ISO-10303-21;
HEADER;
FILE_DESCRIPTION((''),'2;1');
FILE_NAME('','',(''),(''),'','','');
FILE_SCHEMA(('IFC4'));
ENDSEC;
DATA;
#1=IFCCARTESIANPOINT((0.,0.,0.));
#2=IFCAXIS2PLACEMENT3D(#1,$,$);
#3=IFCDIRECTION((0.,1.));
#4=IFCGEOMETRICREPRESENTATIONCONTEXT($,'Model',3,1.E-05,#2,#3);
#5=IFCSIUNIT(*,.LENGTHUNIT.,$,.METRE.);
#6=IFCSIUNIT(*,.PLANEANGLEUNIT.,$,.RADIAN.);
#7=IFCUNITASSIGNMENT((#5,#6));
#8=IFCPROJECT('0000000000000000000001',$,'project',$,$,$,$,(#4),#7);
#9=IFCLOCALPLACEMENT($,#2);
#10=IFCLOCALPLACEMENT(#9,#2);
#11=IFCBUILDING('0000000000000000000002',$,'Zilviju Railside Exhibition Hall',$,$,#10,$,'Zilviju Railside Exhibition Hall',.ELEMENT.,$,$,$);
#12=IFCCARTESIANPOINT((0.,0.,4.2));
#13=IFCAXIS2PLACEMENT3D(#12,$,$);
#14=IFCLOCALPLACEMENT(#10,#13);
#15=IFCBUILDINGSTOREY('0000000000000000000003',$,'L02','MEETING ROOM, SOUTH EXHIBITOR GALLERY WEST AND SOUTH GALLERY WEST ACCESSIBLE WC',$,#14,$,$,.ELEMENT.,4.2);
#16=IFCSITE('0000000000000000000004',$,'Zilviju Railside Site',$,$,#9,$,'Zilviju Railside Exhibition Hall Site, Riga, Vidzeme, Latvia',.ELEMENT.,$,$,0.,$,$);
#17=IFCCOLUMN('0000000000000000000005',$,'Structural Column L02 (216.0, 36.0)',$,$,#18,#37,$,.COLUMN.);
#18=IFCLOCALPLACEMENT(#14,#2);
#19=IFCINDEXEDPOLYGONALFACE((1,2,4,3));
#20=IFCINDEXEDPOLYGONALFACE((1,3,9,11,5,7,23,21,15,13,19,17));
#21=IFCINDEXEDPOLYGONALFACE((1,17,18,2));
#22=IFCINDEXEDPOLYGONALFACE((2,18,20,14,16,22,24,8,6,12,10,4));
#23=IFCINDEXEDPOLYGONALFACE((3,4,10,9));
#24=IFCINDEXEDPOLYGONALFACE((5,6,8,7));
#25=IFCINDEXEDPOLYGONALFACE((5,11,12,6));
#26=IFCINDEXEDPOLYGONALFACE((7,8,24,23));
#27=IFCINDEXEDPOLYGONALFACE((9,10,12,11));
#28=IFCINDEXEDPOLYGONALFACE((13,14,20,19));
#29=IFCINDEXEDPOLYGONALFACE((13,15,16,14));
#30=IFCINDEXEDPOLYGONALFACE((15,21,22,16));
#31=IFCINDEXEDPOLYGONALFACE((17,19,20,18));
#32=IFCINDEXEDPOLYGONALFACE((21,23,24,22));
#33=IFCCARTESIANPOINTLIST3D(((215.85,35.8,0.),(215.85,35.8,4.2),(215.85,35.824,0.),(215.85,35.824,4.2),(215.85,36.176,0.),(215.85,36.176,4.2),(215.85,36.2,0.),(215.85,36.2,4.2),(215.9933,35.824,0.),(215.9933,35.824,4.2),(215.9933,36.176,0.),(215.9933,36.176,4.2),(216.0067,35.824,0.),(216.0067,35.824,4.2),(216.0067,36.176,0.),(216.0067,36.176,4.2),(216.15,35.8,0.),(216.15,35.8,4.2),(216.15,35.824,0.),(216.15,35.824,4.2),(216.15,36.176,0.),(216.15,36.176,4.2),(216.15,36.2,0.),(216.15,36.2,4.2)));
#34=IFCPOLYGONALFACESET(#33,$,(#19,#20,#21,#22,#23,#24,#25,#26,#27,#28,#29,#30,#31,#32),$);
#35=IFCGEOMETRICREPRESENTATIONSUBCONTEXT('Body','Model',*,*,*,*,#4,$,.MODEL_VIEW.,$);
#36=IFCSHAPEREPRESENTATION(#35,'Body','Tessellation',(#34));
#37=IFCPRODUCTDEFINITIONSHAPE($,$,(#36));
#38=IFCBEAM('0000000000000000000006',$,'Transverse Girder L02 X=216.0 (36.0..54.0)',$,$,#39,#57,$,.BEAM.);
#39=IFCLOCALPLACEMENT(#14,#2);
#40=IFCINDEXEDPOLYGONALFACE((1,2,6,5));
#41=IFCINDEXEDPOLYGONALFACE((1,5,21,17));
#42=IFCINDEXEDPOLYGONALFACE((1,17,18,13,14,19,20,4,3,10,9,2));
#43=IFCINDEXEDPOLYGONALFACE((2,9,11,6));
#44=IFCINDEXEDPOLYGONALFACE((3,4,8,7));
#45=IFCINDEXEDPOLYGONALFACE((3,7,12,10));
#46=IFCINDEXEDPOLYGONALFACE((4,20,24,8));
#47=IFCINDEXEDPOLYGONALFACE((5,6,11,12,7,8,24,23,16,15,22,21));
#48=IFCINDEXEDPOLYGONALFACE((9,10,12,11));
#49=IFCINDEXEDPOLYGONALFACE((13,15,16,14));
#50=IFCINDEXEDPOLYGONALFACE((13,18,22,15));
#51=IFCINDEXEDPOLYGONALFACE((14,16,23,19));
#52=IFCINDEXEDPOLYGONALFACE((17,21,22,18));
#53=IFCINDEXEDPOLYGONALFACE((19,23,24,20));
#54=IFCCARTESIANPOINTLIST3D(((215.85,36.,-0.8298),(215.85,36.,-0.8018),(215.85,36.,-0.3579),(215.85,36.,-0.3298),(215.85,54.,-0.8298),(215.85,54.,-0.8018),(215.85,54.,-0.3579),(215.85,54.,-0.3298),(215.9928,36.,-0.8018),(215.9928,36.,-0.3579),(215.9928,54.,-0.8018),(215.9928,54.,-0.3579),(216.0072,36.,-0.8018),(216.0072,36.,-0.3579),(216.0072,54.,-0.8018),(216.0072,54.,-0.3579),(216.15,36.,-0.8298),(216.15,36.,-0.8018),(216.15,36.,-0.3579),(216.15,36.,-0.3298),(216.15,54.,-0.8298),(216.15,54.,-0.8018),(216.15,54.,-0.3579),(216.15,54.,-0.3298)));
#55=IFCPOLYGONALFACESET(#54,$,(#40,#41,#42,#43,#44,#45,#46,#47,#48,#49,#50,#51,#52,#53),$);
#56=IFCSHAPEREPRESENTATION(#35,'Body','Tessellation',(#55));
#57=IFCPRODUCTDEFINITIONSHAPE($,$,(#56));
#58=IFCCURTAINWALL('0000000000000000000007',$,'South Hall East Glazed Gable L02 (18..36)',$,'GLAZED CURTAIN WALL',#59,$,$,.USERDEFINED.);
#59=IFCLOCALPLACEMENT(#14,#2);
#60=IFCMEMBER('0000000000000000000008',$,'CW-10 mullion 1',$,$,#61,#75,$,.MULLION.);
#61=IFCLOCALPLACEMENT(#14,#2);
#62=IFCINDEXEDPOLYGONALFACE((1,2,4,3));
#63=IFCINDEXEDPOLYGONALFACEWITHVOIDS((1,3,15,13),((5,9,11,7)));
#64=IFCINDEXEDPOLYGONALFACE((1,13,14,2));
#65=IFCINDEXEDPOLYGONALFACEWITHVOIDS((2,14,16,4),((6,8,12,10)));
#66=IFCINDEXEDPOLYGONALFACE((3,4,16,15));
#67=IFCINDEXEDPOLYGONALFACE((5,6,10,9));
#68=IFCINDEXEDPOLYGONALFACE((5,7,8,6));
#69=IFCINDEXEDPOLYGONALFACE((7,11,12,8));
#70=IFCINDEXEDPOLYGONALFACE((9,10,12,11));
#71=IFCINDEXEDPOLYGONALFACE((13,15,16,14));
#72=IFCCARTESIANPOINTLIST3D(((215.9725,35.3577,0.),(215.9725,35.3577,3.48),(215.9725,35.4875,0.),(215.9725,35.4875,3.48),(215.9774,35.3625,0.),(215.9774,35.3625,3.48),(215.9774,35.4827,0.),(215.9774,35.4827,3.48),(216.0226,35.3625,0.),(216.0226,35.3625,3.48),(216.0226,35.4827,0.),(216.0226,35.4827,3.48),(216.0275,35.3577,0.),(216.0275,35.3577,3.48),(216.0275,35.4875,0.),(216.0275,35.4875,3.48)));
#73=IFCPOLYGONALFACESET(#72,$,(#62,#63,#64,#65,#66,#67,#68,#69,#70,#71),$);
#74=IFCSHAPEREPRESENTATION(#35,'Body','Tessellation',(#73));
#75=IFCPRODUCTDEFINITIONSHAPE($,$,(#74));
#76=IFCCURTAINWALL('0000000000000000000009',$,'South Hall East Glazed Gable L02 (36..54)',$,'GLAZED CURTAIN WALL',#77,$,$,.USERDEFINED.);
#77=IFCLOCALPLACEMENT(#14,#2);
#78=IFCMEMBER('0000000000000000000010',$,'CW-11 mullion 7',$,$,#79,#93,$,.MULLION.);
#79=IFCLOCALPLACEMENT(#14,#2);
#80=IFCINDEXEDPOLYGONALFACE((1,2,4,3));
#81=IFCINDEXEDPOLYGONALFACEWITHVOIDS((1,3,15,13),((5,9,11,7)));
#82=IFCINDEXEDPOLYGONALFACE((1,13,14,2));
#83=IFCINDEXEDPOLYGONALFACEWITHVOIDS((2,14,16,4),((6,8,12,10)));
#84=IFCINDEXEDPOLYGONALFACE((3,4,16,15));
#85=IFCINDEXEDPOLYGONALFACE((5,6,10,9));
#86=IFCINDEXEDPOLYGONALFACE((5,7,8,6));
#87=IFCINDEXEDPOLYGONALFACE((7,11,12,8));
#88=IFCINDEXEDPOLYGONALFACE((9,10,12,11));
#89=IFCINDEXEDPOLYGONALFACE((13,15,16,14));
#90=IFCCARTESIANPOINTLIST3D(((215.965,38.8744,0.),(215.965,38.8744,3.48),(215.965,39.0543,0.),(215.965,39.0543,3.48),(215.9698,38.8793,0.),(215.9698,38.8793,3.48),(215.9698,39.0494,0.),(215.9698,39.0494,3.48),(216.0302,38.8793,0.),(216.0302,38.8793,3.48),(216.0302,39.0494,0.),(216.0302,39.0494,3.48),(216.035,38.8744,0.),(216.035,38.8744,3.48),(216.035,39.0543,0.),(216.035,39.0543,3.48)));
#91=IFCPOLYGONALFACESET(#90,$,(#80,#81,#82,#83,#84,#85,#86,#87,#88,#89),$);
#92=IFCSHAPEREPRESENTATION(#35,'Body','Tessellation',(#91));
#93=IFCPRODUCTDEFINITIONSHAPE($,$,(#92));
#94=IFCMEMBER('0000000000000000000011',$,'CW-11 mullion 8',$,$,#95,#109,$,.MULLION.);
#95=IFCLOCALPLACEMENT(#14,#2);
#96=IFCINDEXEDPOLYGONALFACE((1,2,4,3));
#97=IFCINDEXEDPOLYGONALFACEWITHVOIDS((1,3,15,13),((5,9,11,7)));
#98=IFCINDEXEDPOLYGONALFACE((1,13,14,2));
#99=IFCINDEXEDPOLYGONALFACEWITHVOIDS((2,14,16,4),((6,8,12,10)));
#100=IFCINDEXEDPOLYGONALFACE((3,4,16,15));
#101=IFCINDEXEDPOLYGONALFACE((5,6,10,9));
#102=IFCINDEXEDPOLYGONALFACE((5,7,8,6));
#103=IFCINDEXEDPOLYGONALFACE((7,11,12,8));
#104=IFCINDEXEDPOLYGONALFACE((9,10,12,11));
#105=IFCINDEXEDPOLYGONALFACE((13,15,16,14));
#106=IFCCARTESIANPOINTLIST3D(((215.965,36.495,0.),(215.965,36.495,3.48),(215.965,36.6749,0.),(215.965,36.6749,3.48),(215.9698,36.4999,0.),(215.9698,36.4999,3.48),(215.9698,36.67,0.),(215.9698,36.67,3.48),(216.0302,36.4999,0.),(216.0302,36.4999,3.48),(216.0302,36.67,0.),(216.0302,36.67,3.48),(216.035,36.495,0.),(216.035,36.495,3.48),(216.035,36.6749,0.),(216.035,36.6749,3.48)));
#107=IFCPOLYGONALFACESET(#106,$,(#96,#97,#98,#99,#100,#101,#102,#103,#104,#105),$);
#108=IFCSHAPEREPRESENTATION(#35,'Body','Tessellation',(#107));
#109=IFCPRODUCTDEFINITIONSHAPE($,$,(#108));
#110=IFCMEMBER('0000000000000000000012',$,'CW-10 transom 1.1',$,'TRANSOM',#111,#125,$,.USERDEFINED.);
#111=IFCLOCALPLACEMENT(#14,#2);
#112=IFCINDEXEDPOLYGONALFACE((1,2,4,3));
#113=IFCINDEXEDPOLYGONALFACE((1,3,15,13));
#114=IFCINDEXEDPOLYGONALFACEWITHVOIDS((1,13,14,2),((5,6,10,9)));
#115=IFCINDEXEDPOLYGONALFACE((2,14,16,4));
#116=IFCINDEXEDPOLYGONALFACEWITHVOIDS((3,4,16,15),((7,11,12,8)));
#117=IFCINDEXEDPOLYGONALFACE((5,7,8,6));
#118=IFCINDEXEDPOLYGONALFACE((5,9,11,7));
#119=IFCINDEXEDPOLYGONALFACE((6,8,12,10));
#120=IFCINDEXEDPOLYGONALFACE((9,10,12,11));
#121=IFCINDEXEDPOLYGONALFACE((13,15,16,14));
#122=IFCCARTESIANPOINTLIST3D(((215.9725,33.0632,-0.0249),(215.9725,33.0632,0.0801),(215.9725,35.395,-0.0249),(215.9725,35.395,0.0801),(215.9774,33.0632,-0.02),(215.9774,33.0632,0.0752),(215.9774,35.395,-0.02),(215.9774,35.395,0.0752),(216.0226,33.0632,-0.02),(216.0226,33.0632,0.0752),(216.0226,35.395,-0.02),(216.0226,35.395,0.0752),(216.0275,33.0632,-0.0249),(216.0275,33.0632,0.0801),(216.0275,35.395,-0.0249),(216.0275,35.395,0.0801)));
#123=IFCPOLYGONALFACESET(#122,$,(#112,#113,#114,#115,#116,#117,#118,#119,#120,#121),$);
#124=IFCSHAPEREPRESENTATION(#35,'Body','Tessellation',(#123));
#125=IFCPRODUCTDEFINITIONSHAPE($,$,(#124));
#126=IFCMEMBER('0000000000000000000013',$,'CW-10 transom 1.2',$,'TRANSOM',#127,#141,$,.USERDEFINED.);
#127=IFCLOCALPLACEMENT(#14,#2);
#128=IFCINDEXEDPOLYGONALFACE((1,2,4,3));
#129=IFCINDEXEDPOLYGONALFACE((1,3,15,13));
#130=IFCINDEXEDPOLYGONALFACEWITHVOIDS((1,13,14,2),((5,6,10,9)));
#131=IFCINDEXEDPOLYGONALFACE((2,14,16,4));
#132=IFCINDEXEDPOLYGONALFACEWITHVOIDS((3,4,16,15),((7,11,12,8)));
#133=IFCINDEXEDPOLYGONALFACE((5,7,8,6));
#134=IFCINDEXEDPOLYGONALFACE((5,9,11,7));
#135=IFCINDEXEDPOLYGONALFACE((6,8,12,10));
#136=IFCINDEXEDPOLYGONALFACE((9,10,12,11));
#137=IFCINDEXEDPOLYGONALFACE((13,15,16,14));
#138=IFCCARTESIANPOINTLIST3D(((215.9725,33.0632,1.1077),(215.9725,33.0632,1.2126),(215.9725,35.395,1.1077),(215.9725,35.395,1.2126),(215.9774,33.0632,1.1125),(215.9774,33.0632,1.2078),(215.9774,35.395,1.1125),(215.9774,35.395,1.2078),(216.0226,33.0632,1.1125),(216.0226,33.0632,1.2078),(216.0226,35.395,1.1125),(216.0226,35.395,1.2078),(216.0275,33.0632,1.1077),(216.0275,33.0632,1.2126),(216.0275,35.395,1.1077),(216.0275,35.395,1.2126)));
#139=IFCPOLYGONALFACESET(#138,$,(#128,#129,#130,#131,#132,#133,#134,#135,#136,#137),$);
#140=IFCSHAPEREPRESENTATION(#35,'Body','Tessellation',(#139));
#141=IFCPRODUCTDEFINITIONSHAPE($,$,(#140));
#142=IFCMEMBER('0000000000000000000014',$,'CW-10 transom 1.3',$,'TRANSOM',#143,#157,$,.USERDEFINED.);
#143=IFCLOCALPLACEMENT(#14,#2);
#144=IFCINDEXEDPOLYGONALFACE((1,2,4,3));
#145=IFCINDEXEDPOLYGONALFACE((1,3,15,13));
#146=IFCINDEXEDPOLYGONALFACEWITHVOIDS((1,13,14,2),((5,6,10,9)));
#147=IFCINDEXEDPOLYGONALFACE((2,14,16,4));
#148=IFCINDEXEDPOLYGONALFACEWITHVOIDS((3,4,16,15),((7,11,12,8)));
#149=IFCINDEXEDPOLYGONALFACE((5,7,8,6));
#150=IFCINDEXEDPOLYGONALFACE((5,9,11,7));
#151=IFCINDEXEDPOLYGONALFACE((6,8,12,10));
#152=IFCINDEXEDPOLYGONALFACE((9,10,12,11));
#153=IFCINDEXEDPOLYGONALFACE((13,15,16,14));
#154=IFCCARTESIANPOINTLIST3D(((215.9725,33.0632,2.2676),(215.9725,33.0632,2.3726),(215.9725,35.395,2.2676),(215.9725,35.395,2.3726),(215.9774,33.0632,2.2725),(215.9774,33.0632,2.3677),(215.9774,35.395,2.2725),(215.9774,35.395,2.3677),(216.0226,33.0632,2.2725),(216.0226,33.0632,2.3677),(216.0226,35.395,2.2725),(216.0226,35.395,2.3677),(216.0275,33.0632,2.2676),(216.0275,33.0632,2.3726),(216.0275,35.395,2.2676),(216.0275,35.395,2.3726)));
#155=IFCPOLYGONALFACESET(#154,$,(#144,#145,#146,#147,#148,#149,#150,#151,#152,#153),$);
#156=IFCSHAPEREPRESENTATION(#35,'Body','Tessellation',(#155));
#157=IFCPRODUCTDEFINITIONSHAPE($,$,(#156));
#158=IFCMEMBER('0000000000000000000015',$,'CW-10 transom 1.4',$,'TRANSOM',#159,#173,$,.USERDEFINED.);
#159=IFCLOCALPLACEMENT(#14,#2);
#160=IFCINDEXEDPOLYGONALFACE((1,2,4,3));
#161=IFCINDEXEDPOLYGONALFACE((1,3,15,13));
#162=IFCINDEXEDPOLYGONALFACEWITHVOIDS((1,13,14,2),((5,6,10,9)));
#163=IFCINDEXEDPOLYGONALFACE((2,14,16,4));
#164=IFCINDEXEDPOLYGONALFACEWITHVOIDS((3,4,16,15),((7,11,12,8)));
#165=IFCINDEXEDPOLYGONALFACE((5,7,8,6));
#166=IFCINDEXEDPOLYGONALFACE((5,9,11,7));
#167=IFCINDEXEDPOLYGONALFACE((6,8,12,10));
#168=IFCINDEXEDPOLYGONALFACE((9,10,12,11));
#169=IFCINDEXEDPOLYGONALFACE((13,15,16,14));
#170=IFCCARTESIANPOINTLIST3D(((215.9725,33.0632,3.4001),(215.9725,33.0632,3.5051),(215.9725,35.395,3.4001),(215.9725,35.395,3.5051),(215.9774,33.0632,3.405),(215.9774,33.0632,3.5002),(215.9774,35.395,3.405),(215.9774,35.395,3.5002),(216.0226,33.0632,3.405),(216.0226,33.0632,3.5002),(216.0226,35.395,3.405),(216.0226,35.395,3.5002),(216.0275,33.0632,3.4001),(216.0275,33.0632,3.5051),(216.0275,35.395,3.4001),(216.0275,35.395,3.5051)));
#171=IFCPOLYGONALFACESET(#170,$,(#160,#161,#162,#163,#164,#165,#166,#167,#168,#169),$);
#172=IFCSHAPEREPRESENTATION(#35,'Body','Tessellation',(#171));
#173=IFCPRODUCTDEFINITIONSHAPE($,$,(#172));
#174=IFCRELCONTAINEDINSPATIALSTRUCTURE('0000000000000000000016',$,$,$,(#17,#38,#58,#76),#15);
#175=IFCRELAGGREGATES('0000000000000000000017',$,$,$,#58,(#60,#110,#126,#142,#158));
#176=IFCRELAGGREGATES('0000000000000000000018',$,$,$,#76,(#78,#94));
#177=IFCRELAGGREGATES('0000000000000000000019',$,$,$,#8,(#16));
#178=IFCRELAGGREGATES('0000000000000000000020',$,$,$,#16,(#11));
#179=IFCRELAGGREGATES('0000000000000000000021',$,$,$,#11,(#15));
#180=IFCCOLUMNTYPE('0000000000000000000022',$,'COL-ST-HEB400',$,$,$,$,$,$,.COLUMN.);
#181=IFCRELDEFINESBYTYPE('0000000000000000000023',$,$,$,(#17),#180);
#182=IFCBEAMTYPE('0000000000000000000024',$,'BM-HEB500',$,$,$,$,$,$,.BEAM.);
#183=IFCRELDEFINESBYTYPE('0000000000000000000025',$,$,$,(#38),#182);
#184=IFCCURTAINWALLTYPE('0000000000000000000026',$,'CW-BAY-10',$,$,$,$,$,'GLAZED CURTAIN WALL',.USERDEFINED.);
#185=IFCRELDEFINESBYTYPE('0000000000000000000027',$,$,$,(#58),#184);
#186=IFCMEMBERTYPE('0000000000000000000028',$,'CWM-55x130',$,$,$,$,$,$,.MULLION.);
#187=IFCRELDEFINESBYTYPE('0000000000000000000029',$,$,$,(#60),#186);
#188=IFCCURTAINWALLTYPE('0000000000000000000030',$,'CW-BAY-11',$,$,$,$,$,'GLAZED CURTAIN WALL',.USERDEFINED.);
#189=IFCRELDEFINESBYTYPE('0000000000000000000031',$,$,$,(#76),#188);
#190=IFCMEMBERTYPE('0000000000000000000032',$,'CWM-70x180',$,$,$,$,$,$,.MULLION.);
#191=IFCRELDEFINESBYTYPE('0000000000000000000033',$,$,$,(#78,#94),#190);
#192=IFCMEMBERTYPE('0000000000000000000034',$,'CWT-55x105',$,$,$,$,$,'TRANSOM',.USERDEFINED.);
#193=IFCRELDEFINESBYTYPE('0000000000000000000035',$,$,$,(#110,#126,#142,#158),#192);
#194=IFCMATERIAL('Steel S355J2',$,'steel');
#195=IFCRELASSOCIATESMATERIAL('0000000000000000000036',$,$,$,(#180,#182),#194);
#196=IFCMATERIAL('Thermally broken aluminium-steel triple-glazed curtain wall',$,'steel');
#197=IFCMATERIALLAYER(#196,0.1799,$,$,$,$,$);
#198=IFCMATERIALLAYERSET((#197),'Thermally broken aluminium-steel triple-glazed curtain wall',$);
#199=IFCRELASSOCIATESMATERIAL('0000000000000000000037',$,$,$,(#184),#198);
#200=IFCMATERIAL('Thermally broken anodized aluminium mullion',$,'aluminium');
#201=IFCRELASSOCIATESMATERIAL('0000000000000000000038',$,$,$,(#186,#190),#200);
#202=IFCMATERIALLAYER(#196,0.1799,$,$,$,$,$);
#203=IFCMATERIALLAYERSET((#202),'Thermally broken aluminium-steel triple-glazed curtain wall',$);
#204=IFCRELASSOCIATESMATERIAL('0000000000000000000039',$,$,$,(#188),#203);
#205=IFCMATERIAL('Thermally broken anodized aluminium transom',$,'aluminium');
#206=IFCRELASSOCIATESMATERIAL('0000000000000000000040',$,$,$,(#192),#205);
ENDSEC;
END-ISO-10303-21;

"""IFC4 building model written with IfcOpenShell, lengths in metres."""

from ifc_helpers import new_model, si_unit, direction, frame, origin, origin_2d, place, context, subcontext, project, spatial, hollow_rectangle, i_section, extrude, material, layer, layer_set, material_profile, profile_set, type_object, element, aggregate, save


model = new_model("IFC4")

# Units and contexts
model_context = context("Model", 3, precision=1e-05, world=origin(), true_north=direction((0.0, 1.0)))
body_context = subcontext(model_context, "Body", "Model", "MODEL_VIEW")
ifc_project = project(units=[si_unit("LENGTHUNIT", "METRE"), si_unit("PLANEANGLEUNIT", "RADIAN")], contexts=[model_context])

# Site, building, storey
site_placement = place(None, origin())
site = spatial("IfcSite", under=ifc_project, at=site_placement, Name="Zilviju Railside Site", LongName="Zilviju Railside Exhibition Hall Site, Riga, Vidzeme, Latvia", CompositionType="ELEMENT", RefElevation=0.0)
building_placement = place(site_placement, origin())
building = spatial("IfcBuilding", under=site, at=building_placement, Name="Zilviju Railside Exhibition Hall", LongName="Zilviju Railside Exhibition Hall", CompositionType="ELEMENT")
storey_placement = place(building_placement, frame((0.0, 0.0, 4.2)))
storey = spatial("IfcBuildingStorey", under=building, at=storey_placement, Name="L02", Description="MEETING ROOM, SOUTH EXHIBITOR GALLERY WEST AND SOUTH GALLERY WEST ACCESSIBLE WC", CompositionType="ELEMENT", Elevation=4.2)

# Column
ifc_material_1 = material(Name="Steel S355J2", Category="steel")
ifc_material_profile_1 = material_profile(ifc_material_1, i_section(OverallWidth=0.3, OverallDepth=0.3999, WebThickness=0.0134, FlangeThickness=0.0239, at=origin_2d()), Name="HEB 400")
ifc_profile_set_1 = profile_set([ifc_material_profile_1], Name="Steel S355J2")
column_type = type_object("IfcColumnType", Name="COL-ST-HEB400", PredefinedType="COLUMN", material=ifc_profile_set_1)
column_placement = place(storey_placement, frame((216.0, 36.0, 0.0), z_axis=(0.0, 0.0, 1.0), x_axis=(1.0, 0.0, 0.0)))
element("IfcColumn", 1, at=column_placement, inside=storey, type_object=column_type, Name="Structural Column L02 (216.0, 36.0)", PredefinedType="COLUMN", context=body_context, shape_type="SweptSolid", body=[
    extrude(i_section(OverallWidth=0.3, OverallDepth=0.3999, WebThickness=0.0134, FlangeThickness=0.0239, at=origin_2d()), origin(), (0.0, 0.0, 1.0), 4.2),
])

# Beam
ifc_material_profile_2 = material_profile(ifc_material_1, i_section(OverallWidth=0.3, OverallDepth=0.5, WebThickness=0.0144, FlangeThickness=0.0281, at=origin_2d()), Name="HEB 500")
ifc_profile_set_2 = profile_set([ifc_material_profile_2], Name="Steel S355J2")
beam_type = type_object("IfcBeamType", Name="BM-HEB500", PredefinedType="BEAM", material=ifc_profile_set_2)
beam_placement = place(storey_placement, frame((216.0, 36.0, -0.5798), z_axis=(0.0, 1.0, 0.0), x_axis=(-1.0, 0.0, 0.0)))
element("IfcBeam", 2, at=beam_placement, inside=storey, type_object=beam_type, Name="Transverse Girder L02 X=216.0 (36.0..54.0)", PredefinedType="BEAM", context=body_context, shape_type="SweptSolid", body=[
    extrude(i_section(OverallWidth=0.3, OverallDepth=0.5, WebThickness=0.0144, FlangeThickness=0.0281, at=origin_2d()), origin(), (0.0, 0.0, 1.0), 18.0),
])

# Curtain wall, member
ifc_material_2 = material(Name="Thermally broken aluminium-steel triple-glazed curtain wall", Category="steel")
ifc_layer_1 = layer(ifc_material_2, 0.1799)
ifc_layer_set_1 = layer_set([ifc_layer_1], Name="Thermally broken aluminium-steel triple-glazed curtain wall")
curtain_wall_type_1 = type_object("IfcCurtainWallType", Name="CW-BAY-10", ElementType="GLAZED CURTAIN WALL", PredefinedType="USERDEFINED", material=ifc_layer_set_1)
curtain_wall_1_placement = place(storey_placement, origin())
curtain_wall_1 = element("IfcCurtainWall", 3, at=curtain_wall_1_placement, inside=storey, type_object=curtain_wall_type_1, Name="South Hall East Glazed Gable L02 (18..36)", ObjectType="GLAZED CURTAIN WALL", PredefinedType="USERDEFINED")
ifc_material_3 = material(Name="Thermally broken anodized aluminium mullion", Category="aluminium")
ifc_material_profile_3 = material_profile(ifc_material_3, hollow_rectangle(XDim=0.0549, YDim=0.1299, WallThickness=0.0049, at=origin_2d()), Name="MULLION 130x55x5")
ifc_profile_set_3 = profile_set([ifc_material_profile_3], Name="Thermally broken anodized aluminium mullion")
member_type_1 = type_object("IfcMemberType", Name="CWM-55x130", PredefinedType="MULLION", material=ifc_profile_set_3)
member_1_placement = place(storey_placement, frame((216.0, 35.4226, 0.0), z_axis=(0.0, 0.0, 1.0), x_axis=(1.0, 0.0, 0.0)))
member_1 = element("IfcMember", 4, at=member_1_placement, type_object=member_type_1, Name="CW-10 mullion 1", PredefinedType="MULLION", context=body_context, shape_type="SweptSolid", body=[
    extrude(hollow_rectangle(XDim=0.0549, YDim=0.1299, WallThickness=0.0049, at=origin_2d()), origin(), (0.0, 0.0, 1.0), 3.48),
])

# Curtain wall, members
ifc_layer_2 = layer(ifc_material_2, 0.1799)
ifc_layer_set_2 = layer_set([ifc_layer_2], Name="Thermally broken aluminium-steel triple-glazed curtain wall")
curtain_wall_type_2 = type_object("IfcCurtainWallType", Name="CW-BAY-11", ElementType="GLAZED CURTAIN WALL", PredefinedType="USERDEFINED", material=ifc_layer_set_2)
curtain_wall_2_placement = place(storey_placement, origin())
curtain_wall_2 = element("IfcCurtainWall", 5, at=curtain_wall_2_placement, inside=storey, type_object=curtain_wall_type_2, Name="South Hall East Glazed Gable L02 (36..54)", ObjectType="GLAZED CURTAIN WALL", PredefinedType="USERDEFINED")
ifc_material_profile_4 = material_profile(ifc_material_3, hollow_rectangle(XDim=0.0701, YDim=0.1799, WallThickness=0.0049, at=origin_2d()), Name="MULLION 180x70x5")
ifc_profile_set_4 = profile_set([ifc_material_profile_4], Name="Thermally broken anodized aluminium mullion")
member_type_2 = type_object("IfcMemberType", Name="CWM-70x180", PredefinedType="MULLION", material=ifc_profile_set_4)
member_2_placement = place(storey_placement, frame((216.0, 38.9644, 0.0), z_axis=(0.0, 0.0, 1.0), x_axis=(1.0, 0.0, 0.0)))
member_2 = element("IfcMember", 6, at=member_2_placement, type_object=member_type_2, Name="CW-11 mullion 7", PredefinedType="MULLION", context=body_context, shape_type="SweptSolid", body=[
    extrude(hollow_rectangle(XDim=0.0701, YDim=0.1799, WallThickness=0.0049, at=origin_2d()), origin(), (0.0, 0.0, 1.0), 3.48),
])
member_3_placement = place(storey_placement, frame((216.0, 36.585, 0.0), z_axis=(0.0, 0.0, 1.0), x_axis=(1.0, 0.0, 0.0)))
member_3 = element("IfcMember", 7, at=member_3_placement, type_object=member_type_2, Name="CW-11 mullion 8", PredefinedType="MULLION", context=body_context, shape_type="SweptSolid", body=[
    extrude(hollow_rectangle(XDim=0.0701, YDim=0.1799, WallThickness=0.0049, at=origin_2d()), origin(), (0.0, 0.0, 1.0), 3.48),
])

# Members
ifc_material_4 = material(Name="Thermally broken anodized aluminium transom", Category="aluminium")
ifc_material_profile_5 = material_profile(ifc_material_4, hollow_rectangle(XDim=0.0549, YDim=0.105, WallThickness=0.0049, at=origin_2d()), Name="TRANSOM 105x55x5")
ifc_profile_set_5 = profile_set([ifc_material_profile_5], Name="Thermally broken anodized aluminium transom")
member_type_3 = type_object("IfcMemberType", Name="CWT-55x105", ElementType="TRANSOM", PredefinedType="USERDEFINED", material=ifc_profile_set_5)
member_4_placement = place(storey_placement, frame((216.0, 35.395, 0.0276), z_axis=(0.0, -1.0, 0.0), x_axis=(1.0, 0.0, 0.0)))
member_4 = element("IfcMember", 8, at=member_4_placement, type_object=member_type_3, Name="CW-10 transom 1.1", ObjectType="TRANSOM", PredefinedType="USERDEFINED", context=body_context, shape_type="SweptSolid", body=[
    extrude(hollow_rectangle(XDim=0.0549, YDim=0.105, WallThickness=0.0049, at=origin_2d()), origin(), (0.0, 0.0, 1.0), 2.3318),
])
member_5_placement = place(storey_placement, frame((216.0, 35.395, 1.1602), z_axis=(0.0, -1.0, 0.0), x_axis=(1.0, 0.0, 0.0)))
member_5 = element("IfcMember", 9, at=member_5_placement, type_object=member_type_3, Name="CW-10 transom 1.2", ObjectType="TRANSOM", PredefinedType="USERDEFINED", context=body_context, shape_type="SweptSolid", body=[
    extrude(hollow_rectangle(XDim=0.0549, YDim=0.105, WallThickness=0.0049, at=origin_2d()), origin(), (0.0, 0.0, 1.0), 2.3318),
])
member_6_placement = place(storey_placement, frame((216.0, 35.395, 2.3201), z_axis=(0.0, -1.0, 0.0), x_axis=(1.0, 0.0, 0.0)))
member_6 = element("IfcMember", 10, at=member_6_placement, type_object=member_type_3, Name="CW-10 transom 1.3", ObjectType="TRANSOM", PredefinedType="USERDEFINED", context=body_context, shape_type="SweptSolid", body=[
    extrude(hollow_rectangle(XDim=0.0549, YDim=0.105, WallThickness=0.0049, at=origin_2d()), origin(), (0.0, 0.0, 1.0), 2.3318),
])
member_7_placement = place(storey_placement, frame((216.0, 35.395, 3.4526), z_axis=(0.0, -1.0, 0.0), x_axis=(1.0, 0.0, 0.0)))
member_7 = element("IfcMember", 11, at=member_7_placement, type_object=member_type_3, Name="CW-10 transom 1.4", ObjectType="TRANSOM", PredefinedType="USERDEFINED", context=body_context, shape_type="SweptSolid", body=[
    extrude(hollow_rectangle(XDim=0.0549, YDim=0.105, WallThickness=0.0049, at=origin_2d()), origin(), (0.0, 0.0, 1.0), 2.3318),
])

aggregate(curtain_wall_1, [member_1, member_4, member_5, member_6, member_7])
aggregate(curtain_wall_2, [member_2, member_3])

save(model, "model.ifc")
